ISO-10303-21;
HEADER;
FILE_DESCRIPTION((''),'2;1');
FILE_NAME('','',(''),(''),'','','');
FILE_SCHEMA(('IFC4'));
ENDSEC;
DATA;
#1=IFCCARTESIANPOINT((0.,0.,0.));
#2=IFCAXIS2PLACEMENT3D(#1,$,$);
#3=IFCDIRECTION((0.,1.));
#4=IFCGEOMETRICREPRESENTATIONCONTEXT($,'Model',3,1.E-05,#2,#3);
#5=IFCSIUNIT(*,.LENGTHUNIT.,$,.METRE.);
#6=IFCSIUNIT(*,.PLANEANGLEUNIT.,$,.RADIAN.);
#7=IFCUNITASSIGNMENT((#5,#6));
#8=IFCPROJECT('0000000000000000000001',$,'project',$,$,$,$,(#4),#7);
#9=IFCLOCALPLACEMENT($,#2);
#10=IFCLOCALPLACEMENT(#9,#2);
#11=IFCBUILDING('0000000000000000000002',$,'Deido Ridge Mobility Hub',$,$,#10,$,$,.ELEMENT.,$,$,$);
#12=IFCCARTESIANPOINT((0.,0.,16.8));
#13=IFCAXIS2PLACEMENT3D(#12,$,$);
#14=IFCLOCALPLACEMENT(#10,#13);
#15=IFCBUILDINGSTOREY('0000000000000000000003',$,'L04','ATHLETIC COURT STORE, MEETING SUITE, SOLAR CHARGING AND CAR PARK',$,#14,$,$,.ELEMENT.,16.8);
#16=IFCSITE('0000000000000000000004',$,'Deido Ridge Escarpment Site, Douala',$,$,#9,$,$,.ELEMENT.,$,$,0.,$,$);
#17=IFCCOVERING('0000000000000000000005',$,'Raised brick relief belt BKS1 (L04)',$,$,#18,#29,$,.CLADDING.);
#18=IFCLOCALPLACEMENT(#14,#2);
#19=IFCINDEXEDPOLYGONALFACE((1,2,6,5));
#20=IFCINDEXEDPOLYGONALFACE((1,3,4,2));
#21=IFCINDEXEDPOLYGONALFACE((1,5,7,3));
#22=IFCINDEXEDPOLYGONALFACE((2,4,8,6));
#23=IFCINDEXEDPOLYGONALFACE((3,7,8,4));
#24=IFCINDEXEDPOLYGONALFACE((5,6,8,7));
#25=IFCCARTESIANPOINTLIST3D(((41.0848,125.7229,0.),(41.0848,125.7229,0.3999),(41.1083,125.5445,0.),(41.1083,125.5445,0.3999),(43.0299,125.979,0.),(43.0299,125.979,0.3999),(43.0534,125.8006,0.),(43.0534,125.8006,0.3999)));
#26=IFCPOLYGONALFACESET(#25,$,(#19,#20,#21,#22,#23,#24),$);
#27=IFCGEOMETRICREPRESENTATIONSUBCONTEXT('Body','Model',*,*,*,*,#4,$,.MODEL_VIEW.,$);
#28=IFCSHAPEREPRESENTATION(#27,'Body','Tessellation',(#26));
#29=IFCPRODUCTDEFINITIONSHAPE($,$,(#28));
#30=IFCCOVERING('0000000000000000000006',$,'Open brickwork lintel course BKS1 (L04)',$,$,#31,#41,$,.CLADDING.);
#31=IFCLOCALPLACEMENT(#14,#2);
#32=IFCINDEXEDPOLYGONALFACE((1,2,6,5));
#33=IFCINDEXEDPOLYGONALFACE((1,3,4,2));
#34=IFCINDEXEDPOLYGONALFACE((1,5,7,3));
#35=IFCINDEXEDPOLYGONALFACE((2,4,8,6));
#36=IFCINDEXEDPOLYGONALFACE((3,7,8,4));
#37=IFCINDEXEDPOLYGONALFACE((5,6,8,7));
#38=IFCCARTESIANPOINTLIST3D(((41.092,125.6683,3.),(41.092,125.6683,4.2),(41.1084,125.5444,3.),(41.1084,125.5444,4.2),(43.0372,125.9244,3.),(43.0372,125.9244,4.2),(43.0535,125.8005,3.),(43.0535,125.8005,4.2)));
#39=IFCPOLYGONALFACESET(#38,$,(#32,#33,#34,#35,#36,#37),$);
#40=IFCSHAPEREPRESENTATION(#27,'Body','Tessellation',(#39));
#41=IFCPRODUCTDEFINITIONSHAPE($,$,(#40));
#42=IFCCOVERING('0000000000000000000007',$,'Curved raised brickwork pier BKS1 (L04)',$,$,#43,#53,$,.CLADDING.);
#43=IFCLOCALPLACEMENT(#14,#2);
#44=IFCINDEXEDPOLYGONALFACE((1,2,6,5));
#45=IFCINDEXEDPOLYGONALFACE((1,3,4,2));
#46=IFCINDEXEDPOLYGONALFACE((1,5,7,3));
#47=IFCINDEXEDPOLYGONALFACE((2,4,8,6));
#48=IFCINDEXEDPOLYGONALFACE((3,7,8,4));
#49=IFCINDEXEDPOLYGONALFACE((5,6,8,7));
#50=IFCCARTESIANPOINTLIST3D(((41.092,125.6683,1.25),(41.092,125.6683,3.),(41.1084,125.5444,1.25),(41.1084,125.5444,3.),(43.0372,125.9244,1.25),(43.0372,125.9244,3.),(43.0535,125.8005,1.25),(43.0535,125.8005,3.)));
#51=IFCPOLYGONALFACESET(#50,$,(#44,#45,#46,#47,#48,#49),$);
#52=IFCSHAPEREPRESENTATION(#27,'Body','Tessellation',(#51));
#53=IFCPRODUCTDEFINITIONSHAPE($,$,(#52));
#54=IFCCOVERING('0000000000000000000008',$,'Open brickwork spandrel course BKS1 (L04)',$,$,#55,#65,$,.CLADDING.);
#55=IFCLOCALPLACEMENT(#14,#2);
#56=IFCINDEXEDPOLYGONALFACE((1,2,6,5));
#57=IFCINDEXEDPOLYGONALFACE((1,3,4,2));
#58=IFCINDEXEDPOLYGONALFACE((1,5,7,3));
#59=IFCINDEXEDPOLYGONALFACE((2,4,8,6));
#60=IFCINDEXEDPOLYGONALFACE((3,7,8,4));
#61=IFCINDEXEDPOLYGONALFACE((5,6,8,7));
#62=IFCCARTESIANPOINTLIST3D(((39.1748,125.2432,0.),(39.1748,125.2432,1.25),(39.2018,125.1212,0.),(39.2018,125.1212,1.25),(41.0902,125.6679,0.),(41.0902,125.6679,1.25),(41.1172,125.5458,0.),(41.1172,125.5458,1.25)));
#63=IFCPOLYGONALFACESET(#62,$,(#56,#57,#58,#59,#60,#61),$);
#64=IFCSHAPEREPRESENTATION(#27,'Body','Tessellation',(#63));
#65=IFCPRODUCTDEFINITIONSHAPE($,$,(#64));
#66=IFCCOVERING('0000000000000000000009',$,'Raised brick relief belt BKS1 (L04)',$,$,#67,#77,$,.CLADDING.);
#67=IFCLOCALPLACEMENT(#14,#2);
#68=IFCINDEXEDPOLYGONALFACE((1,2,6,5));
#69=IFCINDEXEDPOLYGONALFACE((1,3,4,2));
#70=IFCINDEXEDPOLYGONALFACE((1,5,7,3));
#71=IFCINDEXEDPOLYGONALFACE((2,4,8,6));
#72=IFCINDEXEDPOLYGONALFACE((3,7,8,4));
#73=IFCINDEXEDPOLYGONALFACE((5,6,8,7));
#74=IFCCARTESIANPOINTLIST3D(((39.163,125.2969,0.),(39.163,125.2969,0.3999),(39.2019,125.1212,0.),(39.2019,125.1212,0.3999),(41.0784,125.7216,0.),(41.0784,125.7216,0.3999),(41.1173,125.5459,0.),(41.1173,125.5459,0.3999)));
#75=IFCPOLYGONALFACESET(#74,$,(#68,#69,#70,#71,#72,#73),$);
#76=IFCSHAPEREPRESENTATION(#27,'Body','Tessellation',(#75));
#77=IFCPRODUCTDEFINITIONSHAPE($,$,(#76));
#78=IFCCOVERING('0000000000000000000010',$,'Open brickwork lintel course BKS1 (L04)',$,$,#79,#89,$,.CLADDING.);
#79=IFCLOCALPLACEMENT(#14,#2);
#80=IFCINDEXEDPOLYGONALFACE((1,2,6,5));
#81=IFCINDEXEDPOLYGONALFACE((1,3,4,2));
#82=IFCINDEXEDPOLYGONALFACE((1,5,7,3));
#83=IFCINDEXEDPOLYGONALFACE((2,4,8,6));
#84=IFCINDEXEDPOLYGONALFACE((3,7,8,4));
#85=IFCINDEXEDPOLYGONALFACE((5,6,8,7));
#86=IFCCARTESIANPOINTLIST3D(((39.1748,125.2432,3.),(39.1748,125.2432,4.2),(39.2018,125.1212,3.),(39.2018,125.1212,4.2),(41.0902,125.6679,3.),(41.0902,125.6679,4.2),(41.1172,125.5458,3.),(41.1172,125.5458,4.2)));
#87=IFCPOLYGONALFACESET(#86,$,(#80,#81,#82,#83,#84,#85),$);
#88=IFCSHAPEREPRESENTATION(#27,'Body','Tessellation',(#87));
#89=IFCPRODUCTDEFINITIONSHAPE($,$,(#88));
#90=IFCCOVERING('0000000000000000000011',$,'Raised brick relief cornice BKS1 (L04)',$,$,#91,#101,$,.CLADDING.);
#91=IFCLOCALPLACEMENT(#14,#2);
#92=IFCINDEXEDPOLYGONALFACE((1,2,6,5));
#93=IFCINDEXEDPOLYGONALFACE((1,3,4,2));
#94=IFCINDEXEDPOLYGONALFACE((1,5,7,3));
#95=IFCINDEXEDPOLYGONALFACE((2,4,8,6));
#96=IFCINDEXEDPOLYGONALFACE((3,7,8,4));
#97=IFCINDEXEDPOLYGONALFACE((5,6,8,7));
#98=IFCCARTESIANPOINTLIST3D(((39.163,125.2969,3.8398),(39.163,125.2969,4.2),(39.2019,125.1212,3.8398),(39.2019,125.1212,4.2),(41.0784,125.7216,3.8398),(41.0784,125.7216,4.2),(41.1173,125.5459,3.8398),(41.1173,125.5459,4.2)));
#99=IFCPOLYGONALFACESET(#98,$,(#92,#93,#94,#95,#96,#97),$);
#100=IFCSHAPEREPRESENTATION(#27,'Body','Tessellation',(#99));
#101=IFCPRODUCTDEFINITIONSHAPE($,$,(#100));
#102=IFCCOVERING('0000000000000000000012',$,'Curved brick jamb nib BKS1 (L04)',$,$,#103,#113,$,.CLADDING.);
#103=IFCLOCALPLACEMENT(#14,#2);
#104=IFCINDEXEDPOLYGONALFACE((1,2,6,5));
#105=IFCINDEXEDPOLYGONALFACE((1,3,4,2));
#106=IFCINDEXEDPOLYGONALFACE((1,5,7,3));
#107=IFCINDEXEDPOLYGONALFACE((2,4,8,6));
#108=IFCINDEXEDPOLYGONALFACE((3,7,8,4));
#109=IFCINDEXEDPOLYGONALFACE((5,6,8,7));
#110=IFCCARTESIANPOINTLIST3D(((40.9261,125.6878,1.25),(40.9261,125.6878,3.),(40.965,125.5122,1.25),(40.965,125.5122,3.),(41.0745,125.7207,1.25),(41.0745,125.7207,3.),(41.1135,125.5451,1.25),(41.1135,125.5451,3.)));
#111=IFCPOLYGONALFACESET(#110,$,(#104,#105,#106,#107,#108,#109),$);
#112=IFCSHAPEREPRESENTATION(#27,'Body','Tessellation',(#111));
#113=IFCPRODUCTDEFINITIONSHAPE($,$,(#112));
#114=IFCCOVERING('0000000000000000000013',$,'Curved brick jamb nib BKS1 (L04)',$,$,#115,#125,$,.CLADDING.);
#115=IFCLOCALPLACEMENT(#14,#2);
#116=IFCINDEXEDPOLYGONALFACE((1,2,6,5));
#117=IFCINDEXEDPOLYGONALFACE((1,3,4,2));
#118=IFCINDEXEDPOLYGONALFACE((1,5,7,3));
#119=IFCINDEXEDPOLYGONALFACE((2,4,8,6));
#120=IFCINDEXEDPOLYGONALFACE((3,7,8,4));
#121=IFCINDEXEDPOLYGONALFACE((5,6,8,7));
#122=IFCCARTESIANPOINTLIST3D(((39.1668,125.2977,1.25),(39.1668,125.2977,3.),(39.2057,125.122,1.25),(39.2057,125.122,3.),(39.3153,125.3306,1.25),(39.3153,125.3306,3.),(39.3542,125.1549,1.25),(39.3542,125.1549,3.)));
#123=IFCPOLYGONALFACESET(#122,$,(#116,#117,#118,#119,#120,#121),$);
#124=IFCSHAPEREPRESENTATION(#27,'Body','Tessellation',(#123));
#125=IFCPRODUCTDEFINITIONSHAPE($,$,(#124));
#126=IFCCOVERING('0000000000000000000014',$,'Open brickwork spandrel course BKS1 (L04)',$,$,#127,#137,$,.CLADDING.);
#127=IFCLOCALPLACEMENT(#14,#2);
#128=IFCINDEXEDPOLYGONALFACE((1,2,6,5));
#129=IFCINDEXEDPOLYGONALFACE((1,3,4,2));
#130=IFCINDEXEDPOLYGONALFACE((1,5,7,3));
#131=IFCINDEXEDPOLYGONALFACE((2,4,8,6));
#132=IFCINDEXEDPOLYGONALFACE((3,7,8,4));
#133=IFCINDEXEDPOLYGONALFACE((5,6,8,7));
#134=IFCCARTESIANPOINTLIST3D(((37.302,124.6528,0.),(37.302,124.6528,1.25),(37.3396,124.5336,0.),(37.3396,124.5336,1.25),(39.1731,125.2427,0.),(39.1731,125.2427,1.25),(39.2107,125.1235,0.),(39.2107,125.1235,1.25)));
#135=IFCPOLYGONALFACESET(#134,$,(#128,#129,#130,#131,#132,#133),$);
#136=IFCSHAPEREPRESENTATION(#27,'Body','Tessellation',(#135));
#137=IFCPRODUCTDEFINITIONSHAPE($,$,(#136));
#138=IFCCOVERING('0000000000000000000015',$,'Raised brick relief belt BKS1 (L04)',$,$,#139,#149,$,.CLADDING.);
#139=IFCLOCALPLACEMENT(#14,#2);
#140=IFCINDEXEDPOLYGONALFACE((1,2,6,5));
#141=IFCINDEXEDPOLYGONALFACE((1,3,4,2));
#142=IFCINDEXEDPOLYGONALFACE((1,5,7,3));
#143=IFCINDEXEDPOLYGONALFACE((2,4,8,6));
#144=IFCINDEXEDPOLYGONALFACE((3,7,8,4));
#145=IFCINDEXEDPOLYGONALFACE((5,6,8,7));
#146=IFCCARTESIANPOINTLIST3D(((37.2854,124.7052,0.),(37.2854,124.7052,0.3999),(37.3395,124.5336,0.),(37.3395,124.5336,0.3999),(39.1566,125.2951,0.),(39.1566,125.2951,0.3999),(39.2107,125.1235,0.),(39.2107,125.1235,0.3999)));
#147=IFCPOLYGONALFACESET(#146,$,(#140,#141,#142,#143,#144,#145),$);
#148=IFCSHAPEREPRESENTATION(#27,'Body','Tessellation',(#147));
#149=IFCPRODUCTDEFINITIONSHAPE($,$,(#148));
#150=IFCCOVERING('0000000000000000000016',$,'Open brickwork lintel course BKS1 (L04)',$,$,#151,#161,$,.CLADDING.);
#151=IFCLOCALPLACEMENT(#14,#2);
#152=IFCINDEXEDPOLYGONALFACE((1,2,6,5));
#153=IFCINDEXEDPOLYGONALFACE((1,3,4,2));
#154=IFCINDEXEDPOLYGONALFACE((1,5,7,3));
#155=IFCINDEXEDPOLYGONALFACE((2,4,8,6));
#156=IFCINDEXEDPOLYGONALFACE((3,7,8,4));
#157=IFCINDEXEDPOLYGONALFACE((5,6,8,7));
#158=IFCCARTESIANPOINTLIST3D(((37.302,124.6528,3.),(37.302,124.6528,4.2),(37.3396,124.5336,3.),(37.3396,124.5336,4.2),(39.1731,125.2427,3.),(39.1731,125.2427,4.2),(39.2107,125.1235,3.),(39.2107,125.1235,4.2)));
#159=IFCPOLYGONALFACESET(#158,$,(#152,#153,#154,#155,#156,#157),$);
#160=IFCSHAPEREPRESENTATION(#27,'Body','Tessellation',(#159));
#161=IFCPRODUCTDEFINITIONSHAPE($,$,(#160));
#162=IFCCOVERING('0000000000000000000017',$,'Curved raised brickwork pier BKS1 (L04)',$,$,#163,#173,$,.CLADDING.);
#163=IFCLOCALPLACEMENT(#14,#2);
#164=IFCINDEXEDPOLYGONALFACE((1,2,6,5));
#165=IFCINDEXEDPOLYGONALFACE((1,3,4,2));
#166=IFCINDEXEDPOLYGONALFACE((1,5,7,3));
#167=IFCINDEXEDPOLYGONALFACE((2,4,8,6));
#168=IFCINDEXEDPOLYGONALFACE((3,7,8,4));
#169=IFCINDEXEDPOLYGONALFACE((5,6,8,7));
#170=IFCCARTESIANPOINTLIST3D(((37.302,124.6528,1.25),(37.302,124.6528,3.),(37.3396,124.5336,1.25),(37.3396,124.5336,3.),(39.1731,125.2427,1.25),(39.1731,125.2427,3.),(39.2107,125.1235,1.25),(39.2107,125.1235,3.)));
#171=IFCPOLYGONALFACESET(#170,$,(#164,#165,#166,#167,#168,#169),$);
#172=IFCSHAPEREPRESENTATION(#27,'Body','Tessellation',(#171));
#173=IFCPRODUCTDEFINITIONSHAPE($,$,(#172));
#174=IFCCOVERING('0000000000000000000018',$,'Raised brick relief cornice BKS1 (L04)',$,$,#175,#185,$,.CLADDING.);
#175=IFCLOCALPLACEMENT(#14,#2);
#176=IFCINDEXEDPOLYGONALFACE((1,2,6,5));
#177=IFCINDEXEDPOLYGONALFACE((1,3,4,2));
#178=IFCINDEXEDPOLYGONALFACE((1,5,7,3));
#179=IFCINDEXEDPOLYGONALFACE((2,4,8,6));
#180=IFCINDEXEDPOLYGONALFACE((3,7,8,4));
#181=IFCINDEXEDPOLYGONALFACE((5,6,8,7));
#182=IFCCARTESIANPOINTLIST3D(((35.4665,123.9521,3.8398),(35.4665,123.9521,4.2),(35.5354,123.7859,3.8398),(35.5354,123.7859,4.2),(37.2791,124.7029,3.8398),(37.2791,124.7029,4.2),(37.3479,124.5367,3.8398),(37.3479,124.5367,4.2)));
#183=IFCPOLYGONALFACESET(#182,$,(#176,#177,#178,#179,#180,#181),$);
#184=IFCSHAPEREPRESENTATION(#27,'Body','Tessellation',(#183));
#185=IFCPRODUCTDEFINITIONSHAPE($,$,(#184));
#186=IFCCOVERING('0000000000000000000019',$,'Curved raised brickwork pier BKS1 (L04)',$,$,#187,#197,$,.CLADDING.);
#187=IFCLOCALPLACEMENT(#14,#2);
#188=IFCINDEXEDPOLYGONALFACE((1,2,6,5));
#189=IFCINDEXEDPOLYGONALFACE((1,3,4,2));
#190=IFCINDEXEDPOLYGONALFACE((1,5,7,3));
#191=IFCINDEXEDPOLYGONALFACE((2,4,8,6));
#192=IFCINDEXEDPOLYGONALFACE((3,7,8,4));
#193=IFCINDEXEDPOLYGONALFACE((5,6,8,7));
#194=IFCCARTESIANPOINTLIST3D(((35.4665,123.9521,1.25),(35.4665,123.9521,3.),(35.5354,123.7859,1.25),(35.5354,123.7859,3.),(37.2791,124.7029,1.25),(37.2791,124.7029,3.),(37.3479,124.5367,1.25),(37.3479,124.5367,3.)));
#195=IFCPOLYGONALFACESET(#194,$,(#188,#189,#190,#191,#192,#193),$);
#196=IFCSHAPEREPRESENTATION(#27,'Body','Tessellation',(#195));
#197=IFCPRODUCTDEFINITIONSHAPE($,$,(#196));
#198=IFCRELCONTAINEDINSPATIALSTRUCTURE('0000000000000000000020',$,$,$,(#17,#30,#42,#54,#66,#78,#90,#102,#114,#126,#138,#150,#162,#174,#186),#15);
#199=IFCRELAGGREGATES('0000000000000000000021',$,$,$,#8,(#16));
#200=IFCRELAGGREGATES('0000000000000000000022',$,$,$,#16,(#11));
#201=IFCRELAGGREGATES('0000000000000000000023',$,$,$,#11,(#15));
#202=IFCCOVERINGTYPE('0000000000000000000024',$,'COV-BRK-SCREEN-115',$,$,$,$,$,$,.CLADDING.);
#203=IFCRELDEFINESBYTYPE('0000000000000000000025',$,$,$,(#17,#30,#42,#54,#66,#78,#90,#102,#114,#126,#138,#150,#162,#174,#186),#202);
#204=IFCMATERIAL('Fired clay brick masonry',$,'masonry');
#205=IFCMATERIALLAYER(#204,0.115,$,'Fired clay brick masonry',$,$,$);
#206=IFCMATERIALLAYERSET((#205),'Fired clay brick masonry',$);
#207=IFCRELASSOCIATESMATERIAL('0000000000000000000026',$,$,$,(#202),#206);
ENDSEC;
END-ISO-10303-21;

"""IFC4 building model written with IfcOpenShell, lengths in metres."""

from ifc_helpers import new_model, si_unit, direction, frame, origin, origin_2d, place, context, subcontext, project, spatial, rectangle, extrude, material, layer, layer_set, type_object, element, save


model = new_model("IFC4")

# Units and contexts
model_context = context("Model", 3, precision=1e-05, world=origin(), true_north=direction((0.0, 1.0)))
body_context = subcontext(model_context, "Body", "Model", "MODEL_VIEW")
ifc_project = project(units=[si_unit("LENGTHUNIT", "METRE"), si_unit("PLANEANGLEUNIT", "RADIAN")], contexts=[model_context])

# Site, building, storey
site_placement = place(None, origin())
site = spatial("IfcSite", under=ifc_project, at=site_placement, Name="Deido Ridge Escarpment Site, Douala", CompositionType="ELEMENT", RefElevation=0.0)
building_placement = place(site_placement, origin())
building = spatial("IfcBuilding", under=site, at=building_placement, Name="Deido Ridge Mobility Hub", CompositionType="ELEMENT")
storey_placement = place(building_placement, frame((0.0, 0.0, 16.8)))
storey = spatial("IfcBuildingStorey", under=building, at=storey_placement, Name="L04", Description="ATHLETIC COURT STORE, MEETING SUITE, SOLAR CHARGING AND CAR PARK", CompositionType="ELEMENT", Elevation=16.8)

# Coverings
ifc_material_1 = material(Name="Fired clay brick masonry", Category="masonry")
ifc_layer = layer(ifc_material_1, 0.115, Name="Fired clay brick masonry")
ifc_layer_set = layer_set([ifc_layer], Name="Fired clay brick masonry")
covering_type = type_object("IfcCoveringType", Name="COV-BRK-SCREEN-115", PredefinedType="CLADDING", material=ifc_layer_set)
covering_1_placement = place(storey_placement, frame((42.0691, 125.7617, 0.0), z_axis=(0.0, 0.0, 1.0), x_axis=(-0.991443, -0.130543, 0.0)))
element("IfcCovering", 1, at=covering_1_placement, inside=storey, type_object=covering_type, Name="Raised brick relief belt BKS1 (L04)", PredefinedType="CLADDING", context=body_context, shape_type="SweptSolid", body=[
    extrude(rectangle(XDim=1.9619, YDim=0.1799, at=origin_2d()), origin(), (0.0, 0.0, 1.0), 0.3999),
])
covering_2_placement = place(storey_placement, frame((42.0728, 125.7344, 3.0), z_axis=(0.0, 0.0, 1.0), x_axis=(-0.991443, -0.130543, 0.0)))
element("IfcCovering", 2, at=covering_2_placement, inside=storey, type_object=covering_type, Name="Open brickwork lintel course BKS1 (L04)", PredefinedType="CLADDING", context=body_context, shape_type="SweptSolid", body=[
    extrude(rectangle(XDim=1.9619, YDim=0.125, at=origin_2d()), origin(), (0.0, 0.0, 1.0), 1.2),
])
covering_3_placement = place(storey_placement, frame((42.0728, 125.7344, 1.25), z_axis=(0.0, 0.0, 1.0), x_axis=(-0.991443, -0.130543, 0.0)))
element("IfcCovering", 3, at=covering_3_placement, inside=storey, type_object=covering_type, Name="Curved raised brickwork pier BKS1 (L04)", PredefinedType="CLADDING", context=body_context, shape_type="SweptSolid", body=[
    extrude(rectangle(XDim=1.9619, YDim=0.125, at=origin_2d()), origin(), (0.0, 0.0, 1.0), 1.75),
])
covering_4_placement = place(storey_placement, frame((40.146, 125.3945, 0.0), z_axis=(0.0, 0.0, 1.0), x_axis=(-0.976292, -0.216457, 0.0)))
element("IfcCovering", 4, at=covering_4_placement, inside=storey, type_object=covering_type, Name="Open brickwork spandrel course BKS1 (L04)", PredefinedType="CLADDING", context=body_context, shape_type="SweptSolid", body=[
    extrude(rectangle(XDim=1.9619, YDim=0.125, at=origin_2d()), origin(), (0.0, 0.0, 1.0), 1.25),
])
covering_5_placement = place(storey_placement, frame((40.1401, 125.4214, 0.0), z_axis=(0.0, 0.0, 1.0), x_axis=(-0.976292, -0.216457, 0.0)))
element("IfcCovering", 5, at=covering_5_placement, inside=storey, type_object=covering_type, Name="Raised brick relief belt BKS1 (L04)", PredefinedType="CLADDING", context=body_context, shape_type="SweptSolid", body=[
    extrude(rectangle(XDim=1.9619, YDim=0.1799, at=origin_2d()), origin(), (0.0, 0.0, 1.0), 0.3999),
])
covering_6_placement = place(storey_placement, frame((40.146, 125.3945, 3.0), z_axis=(0.0, 0.0, 1.0), x_axis=(-0.976292, -0.216457, 0.0)))
element("IfcCovering", 6, at=covering_6_placement, inside=storey, type_object=covering_type, Name="Open brickwork lintel course BKS1 (L04)", PredefinedType="CLADDING", context=body_context, shape_type="SweptSolid", body=[
    extrude(rectangle(XDim=1.9619, YDim=0.125, at=origin_2d()), origin(), (0.0, 0.0, 1.0), 1.2),
])
covering_7_placement = place(storey_placement, frame((40.1401, 125.4214, 3.8398), z_axis=(0.0, 0.0, 1.0), x_axis=(-0.976292, -0.216457, 0.0)))
element("IfcCovering", 7, at=covering_7_placement, inside=storey, type_object=covering_type, Name="Raised brick relief cornice BKS1 (L04)", PredefinedType="CLADDING", context=body_context, shape_type="SweptSolid", body=[
    extrude(rectangle(XDim=1.9619, YDim=0.1799, at=origin_2d()), origin(), (0.0, 0.0, 1.0), 0.3601),
])
for number, where, z_axis, x_axis, name in (
    (8, (41.0198, 125.6165, 1.25), (0.0, 0.0, 1.0), (-0.976292, -0.216457, 0.0), "Curved brick jamb nib BKS1 (L04)"),
    (9, (39.2605, 125.2263, 1.25), (0.0, 0.0, 1.0), (-0.976292, -0.216457, 0.0), "Curved brick jamb nib BKS1 (L04)"),
):
    element("IfcCovering", number, at=place(storey_placement, frame(where, z_axis=z_axis, x_axis=x_axis)), inside=storey, type_object=covering_type, Name=name, PredefinedType="CLADDING", context=body_context, shape_type="SweptSolid", body=[
        extrude(rectangle(XDim=0.1521, YDim=0.1799, at=origin_2d()), origin(), (0.0, 0.0, 1.0), 1.75),
    ])
covering_8_placement = place(storey_placement, frame((38.2563, 124.8882, 0.0), z_axis=(0.0, 0.0, 1.0), x_axis=(-0.953727, -0.300673, 0.0)))
element("IfcCovering", 10, at=covering_8_placement, inside=storey, type_object=covering_type, Name="Open brickwork spandrel course BKS1 (L04)", PredefinedType="CLADDING", context=body_context, shape_type="SweptSolid", body=[
    extrude(rectangle(XDim=1.9619, YDim=0.125, at=origin_2d()), origin(), (0.0, 0.0, 1.0), 1.25),
])
covering_9_placement = place(storey_placement, frame((38.248, 124.9143, 0.0), z_axis=(0.0, 0.0, 1.0), x_axis=(-0.953727, -0.300673, 0.0)))
element("IfcCovering", 11, at=covering_9_placement, inside=storey, type_object=covering_type, Name="Raised brick relief belt BKS1 (L04)", PredefinedType="CLADDING", context=body_context, shape_type="SweptSolid", body=[
    extrude(rectangle(XDim=1.9619, YDim=0.1799, at=origin_2d()), origin(), (0.0, 0.0, 1.0), 0.3999),
])
covering_10_placement = place(storey_placement, frame((38.2563, 124.8882, 3.0), z_axis=(0.0, 0.0, 1.0), x_axis=(-0.953727, -0.300673, 0.0)))
element("IfcCovering", 12, at=covering_10_placement, inside=storey, type_object=covering_type, Name="Open brickwork lintel course BKS1 (L04)", PredefinedType="CLADDING", context=body_context, shape_type="SweptSolid", body=[
    extrude(rectangle(XDim=1.9619, YDim=0.125, at=origin_2d()), origin(), (0.0, 0.0, 1.0), 1.2),
])
covering_11_placement = place(storey_placement, frame((38.2563, 124.8882, 1.25), z_axis=(0.0, 0.0, 1.0), x_axis=(-0.953727, -0.300673, 0.0)))
element("IfcCovering", 13, at=covering_11_placement, inside=storey, type_object=covering_type, Name="Curved raised brickwork pier BKS1 (L04)", PredefinedType="CLADDING", context=body_context, shape_type="SweptSolid", body=[
    extrude(rectangle(XDim=1.9619, YDim=0.125, at=origin_2d()), origin(), (0.0, 0.0, 1.0), 1.75),
])
covering_12_placement = place(storey_placement, frame((36.4072, 124.2444, 3.8398), z_axis=(0.0, 0.0, 1.0), x_axis=(-0.923873, -0.3827, 0.0)))
element("IfcCovering", 14, at=covering_12_placement, inside=storey, type_object=covering_type, Name="Raised brick relief cornice BKS1 (L04)", PredefinedType="CLADDING", context=body_context, shape_type="SweptSolid", body=[
    extrude(rectangle(XDim=1.9619, YDim=0.1799, at=origin_2d()), origin(), (0.0, 0.0, 1.0), 0.3601),
])
covering_13_placement = place(storey_placement, frame((36.4072, 124.2444, 1.25), z_axis=(0.0, 0.0, 1.0), x_axis=(-0.923873, -0.3827, 0.0)))
element("IfcCovering", 15, at=covering_13_placement, inside=storey, type_object=covering_type, Name="Curved raised brickwork pier BKS1 (L04)", PredefinedType="CLADDING", context=body_context, shape_type="SweptSolid", body=[
    extrude(rectangle(XDim=1.9619, YDim=0.1799, at=origin_2d()), origin(), (0.0, 0.0, 1.0), 1.75),
])

save(model, "model.ifc")
